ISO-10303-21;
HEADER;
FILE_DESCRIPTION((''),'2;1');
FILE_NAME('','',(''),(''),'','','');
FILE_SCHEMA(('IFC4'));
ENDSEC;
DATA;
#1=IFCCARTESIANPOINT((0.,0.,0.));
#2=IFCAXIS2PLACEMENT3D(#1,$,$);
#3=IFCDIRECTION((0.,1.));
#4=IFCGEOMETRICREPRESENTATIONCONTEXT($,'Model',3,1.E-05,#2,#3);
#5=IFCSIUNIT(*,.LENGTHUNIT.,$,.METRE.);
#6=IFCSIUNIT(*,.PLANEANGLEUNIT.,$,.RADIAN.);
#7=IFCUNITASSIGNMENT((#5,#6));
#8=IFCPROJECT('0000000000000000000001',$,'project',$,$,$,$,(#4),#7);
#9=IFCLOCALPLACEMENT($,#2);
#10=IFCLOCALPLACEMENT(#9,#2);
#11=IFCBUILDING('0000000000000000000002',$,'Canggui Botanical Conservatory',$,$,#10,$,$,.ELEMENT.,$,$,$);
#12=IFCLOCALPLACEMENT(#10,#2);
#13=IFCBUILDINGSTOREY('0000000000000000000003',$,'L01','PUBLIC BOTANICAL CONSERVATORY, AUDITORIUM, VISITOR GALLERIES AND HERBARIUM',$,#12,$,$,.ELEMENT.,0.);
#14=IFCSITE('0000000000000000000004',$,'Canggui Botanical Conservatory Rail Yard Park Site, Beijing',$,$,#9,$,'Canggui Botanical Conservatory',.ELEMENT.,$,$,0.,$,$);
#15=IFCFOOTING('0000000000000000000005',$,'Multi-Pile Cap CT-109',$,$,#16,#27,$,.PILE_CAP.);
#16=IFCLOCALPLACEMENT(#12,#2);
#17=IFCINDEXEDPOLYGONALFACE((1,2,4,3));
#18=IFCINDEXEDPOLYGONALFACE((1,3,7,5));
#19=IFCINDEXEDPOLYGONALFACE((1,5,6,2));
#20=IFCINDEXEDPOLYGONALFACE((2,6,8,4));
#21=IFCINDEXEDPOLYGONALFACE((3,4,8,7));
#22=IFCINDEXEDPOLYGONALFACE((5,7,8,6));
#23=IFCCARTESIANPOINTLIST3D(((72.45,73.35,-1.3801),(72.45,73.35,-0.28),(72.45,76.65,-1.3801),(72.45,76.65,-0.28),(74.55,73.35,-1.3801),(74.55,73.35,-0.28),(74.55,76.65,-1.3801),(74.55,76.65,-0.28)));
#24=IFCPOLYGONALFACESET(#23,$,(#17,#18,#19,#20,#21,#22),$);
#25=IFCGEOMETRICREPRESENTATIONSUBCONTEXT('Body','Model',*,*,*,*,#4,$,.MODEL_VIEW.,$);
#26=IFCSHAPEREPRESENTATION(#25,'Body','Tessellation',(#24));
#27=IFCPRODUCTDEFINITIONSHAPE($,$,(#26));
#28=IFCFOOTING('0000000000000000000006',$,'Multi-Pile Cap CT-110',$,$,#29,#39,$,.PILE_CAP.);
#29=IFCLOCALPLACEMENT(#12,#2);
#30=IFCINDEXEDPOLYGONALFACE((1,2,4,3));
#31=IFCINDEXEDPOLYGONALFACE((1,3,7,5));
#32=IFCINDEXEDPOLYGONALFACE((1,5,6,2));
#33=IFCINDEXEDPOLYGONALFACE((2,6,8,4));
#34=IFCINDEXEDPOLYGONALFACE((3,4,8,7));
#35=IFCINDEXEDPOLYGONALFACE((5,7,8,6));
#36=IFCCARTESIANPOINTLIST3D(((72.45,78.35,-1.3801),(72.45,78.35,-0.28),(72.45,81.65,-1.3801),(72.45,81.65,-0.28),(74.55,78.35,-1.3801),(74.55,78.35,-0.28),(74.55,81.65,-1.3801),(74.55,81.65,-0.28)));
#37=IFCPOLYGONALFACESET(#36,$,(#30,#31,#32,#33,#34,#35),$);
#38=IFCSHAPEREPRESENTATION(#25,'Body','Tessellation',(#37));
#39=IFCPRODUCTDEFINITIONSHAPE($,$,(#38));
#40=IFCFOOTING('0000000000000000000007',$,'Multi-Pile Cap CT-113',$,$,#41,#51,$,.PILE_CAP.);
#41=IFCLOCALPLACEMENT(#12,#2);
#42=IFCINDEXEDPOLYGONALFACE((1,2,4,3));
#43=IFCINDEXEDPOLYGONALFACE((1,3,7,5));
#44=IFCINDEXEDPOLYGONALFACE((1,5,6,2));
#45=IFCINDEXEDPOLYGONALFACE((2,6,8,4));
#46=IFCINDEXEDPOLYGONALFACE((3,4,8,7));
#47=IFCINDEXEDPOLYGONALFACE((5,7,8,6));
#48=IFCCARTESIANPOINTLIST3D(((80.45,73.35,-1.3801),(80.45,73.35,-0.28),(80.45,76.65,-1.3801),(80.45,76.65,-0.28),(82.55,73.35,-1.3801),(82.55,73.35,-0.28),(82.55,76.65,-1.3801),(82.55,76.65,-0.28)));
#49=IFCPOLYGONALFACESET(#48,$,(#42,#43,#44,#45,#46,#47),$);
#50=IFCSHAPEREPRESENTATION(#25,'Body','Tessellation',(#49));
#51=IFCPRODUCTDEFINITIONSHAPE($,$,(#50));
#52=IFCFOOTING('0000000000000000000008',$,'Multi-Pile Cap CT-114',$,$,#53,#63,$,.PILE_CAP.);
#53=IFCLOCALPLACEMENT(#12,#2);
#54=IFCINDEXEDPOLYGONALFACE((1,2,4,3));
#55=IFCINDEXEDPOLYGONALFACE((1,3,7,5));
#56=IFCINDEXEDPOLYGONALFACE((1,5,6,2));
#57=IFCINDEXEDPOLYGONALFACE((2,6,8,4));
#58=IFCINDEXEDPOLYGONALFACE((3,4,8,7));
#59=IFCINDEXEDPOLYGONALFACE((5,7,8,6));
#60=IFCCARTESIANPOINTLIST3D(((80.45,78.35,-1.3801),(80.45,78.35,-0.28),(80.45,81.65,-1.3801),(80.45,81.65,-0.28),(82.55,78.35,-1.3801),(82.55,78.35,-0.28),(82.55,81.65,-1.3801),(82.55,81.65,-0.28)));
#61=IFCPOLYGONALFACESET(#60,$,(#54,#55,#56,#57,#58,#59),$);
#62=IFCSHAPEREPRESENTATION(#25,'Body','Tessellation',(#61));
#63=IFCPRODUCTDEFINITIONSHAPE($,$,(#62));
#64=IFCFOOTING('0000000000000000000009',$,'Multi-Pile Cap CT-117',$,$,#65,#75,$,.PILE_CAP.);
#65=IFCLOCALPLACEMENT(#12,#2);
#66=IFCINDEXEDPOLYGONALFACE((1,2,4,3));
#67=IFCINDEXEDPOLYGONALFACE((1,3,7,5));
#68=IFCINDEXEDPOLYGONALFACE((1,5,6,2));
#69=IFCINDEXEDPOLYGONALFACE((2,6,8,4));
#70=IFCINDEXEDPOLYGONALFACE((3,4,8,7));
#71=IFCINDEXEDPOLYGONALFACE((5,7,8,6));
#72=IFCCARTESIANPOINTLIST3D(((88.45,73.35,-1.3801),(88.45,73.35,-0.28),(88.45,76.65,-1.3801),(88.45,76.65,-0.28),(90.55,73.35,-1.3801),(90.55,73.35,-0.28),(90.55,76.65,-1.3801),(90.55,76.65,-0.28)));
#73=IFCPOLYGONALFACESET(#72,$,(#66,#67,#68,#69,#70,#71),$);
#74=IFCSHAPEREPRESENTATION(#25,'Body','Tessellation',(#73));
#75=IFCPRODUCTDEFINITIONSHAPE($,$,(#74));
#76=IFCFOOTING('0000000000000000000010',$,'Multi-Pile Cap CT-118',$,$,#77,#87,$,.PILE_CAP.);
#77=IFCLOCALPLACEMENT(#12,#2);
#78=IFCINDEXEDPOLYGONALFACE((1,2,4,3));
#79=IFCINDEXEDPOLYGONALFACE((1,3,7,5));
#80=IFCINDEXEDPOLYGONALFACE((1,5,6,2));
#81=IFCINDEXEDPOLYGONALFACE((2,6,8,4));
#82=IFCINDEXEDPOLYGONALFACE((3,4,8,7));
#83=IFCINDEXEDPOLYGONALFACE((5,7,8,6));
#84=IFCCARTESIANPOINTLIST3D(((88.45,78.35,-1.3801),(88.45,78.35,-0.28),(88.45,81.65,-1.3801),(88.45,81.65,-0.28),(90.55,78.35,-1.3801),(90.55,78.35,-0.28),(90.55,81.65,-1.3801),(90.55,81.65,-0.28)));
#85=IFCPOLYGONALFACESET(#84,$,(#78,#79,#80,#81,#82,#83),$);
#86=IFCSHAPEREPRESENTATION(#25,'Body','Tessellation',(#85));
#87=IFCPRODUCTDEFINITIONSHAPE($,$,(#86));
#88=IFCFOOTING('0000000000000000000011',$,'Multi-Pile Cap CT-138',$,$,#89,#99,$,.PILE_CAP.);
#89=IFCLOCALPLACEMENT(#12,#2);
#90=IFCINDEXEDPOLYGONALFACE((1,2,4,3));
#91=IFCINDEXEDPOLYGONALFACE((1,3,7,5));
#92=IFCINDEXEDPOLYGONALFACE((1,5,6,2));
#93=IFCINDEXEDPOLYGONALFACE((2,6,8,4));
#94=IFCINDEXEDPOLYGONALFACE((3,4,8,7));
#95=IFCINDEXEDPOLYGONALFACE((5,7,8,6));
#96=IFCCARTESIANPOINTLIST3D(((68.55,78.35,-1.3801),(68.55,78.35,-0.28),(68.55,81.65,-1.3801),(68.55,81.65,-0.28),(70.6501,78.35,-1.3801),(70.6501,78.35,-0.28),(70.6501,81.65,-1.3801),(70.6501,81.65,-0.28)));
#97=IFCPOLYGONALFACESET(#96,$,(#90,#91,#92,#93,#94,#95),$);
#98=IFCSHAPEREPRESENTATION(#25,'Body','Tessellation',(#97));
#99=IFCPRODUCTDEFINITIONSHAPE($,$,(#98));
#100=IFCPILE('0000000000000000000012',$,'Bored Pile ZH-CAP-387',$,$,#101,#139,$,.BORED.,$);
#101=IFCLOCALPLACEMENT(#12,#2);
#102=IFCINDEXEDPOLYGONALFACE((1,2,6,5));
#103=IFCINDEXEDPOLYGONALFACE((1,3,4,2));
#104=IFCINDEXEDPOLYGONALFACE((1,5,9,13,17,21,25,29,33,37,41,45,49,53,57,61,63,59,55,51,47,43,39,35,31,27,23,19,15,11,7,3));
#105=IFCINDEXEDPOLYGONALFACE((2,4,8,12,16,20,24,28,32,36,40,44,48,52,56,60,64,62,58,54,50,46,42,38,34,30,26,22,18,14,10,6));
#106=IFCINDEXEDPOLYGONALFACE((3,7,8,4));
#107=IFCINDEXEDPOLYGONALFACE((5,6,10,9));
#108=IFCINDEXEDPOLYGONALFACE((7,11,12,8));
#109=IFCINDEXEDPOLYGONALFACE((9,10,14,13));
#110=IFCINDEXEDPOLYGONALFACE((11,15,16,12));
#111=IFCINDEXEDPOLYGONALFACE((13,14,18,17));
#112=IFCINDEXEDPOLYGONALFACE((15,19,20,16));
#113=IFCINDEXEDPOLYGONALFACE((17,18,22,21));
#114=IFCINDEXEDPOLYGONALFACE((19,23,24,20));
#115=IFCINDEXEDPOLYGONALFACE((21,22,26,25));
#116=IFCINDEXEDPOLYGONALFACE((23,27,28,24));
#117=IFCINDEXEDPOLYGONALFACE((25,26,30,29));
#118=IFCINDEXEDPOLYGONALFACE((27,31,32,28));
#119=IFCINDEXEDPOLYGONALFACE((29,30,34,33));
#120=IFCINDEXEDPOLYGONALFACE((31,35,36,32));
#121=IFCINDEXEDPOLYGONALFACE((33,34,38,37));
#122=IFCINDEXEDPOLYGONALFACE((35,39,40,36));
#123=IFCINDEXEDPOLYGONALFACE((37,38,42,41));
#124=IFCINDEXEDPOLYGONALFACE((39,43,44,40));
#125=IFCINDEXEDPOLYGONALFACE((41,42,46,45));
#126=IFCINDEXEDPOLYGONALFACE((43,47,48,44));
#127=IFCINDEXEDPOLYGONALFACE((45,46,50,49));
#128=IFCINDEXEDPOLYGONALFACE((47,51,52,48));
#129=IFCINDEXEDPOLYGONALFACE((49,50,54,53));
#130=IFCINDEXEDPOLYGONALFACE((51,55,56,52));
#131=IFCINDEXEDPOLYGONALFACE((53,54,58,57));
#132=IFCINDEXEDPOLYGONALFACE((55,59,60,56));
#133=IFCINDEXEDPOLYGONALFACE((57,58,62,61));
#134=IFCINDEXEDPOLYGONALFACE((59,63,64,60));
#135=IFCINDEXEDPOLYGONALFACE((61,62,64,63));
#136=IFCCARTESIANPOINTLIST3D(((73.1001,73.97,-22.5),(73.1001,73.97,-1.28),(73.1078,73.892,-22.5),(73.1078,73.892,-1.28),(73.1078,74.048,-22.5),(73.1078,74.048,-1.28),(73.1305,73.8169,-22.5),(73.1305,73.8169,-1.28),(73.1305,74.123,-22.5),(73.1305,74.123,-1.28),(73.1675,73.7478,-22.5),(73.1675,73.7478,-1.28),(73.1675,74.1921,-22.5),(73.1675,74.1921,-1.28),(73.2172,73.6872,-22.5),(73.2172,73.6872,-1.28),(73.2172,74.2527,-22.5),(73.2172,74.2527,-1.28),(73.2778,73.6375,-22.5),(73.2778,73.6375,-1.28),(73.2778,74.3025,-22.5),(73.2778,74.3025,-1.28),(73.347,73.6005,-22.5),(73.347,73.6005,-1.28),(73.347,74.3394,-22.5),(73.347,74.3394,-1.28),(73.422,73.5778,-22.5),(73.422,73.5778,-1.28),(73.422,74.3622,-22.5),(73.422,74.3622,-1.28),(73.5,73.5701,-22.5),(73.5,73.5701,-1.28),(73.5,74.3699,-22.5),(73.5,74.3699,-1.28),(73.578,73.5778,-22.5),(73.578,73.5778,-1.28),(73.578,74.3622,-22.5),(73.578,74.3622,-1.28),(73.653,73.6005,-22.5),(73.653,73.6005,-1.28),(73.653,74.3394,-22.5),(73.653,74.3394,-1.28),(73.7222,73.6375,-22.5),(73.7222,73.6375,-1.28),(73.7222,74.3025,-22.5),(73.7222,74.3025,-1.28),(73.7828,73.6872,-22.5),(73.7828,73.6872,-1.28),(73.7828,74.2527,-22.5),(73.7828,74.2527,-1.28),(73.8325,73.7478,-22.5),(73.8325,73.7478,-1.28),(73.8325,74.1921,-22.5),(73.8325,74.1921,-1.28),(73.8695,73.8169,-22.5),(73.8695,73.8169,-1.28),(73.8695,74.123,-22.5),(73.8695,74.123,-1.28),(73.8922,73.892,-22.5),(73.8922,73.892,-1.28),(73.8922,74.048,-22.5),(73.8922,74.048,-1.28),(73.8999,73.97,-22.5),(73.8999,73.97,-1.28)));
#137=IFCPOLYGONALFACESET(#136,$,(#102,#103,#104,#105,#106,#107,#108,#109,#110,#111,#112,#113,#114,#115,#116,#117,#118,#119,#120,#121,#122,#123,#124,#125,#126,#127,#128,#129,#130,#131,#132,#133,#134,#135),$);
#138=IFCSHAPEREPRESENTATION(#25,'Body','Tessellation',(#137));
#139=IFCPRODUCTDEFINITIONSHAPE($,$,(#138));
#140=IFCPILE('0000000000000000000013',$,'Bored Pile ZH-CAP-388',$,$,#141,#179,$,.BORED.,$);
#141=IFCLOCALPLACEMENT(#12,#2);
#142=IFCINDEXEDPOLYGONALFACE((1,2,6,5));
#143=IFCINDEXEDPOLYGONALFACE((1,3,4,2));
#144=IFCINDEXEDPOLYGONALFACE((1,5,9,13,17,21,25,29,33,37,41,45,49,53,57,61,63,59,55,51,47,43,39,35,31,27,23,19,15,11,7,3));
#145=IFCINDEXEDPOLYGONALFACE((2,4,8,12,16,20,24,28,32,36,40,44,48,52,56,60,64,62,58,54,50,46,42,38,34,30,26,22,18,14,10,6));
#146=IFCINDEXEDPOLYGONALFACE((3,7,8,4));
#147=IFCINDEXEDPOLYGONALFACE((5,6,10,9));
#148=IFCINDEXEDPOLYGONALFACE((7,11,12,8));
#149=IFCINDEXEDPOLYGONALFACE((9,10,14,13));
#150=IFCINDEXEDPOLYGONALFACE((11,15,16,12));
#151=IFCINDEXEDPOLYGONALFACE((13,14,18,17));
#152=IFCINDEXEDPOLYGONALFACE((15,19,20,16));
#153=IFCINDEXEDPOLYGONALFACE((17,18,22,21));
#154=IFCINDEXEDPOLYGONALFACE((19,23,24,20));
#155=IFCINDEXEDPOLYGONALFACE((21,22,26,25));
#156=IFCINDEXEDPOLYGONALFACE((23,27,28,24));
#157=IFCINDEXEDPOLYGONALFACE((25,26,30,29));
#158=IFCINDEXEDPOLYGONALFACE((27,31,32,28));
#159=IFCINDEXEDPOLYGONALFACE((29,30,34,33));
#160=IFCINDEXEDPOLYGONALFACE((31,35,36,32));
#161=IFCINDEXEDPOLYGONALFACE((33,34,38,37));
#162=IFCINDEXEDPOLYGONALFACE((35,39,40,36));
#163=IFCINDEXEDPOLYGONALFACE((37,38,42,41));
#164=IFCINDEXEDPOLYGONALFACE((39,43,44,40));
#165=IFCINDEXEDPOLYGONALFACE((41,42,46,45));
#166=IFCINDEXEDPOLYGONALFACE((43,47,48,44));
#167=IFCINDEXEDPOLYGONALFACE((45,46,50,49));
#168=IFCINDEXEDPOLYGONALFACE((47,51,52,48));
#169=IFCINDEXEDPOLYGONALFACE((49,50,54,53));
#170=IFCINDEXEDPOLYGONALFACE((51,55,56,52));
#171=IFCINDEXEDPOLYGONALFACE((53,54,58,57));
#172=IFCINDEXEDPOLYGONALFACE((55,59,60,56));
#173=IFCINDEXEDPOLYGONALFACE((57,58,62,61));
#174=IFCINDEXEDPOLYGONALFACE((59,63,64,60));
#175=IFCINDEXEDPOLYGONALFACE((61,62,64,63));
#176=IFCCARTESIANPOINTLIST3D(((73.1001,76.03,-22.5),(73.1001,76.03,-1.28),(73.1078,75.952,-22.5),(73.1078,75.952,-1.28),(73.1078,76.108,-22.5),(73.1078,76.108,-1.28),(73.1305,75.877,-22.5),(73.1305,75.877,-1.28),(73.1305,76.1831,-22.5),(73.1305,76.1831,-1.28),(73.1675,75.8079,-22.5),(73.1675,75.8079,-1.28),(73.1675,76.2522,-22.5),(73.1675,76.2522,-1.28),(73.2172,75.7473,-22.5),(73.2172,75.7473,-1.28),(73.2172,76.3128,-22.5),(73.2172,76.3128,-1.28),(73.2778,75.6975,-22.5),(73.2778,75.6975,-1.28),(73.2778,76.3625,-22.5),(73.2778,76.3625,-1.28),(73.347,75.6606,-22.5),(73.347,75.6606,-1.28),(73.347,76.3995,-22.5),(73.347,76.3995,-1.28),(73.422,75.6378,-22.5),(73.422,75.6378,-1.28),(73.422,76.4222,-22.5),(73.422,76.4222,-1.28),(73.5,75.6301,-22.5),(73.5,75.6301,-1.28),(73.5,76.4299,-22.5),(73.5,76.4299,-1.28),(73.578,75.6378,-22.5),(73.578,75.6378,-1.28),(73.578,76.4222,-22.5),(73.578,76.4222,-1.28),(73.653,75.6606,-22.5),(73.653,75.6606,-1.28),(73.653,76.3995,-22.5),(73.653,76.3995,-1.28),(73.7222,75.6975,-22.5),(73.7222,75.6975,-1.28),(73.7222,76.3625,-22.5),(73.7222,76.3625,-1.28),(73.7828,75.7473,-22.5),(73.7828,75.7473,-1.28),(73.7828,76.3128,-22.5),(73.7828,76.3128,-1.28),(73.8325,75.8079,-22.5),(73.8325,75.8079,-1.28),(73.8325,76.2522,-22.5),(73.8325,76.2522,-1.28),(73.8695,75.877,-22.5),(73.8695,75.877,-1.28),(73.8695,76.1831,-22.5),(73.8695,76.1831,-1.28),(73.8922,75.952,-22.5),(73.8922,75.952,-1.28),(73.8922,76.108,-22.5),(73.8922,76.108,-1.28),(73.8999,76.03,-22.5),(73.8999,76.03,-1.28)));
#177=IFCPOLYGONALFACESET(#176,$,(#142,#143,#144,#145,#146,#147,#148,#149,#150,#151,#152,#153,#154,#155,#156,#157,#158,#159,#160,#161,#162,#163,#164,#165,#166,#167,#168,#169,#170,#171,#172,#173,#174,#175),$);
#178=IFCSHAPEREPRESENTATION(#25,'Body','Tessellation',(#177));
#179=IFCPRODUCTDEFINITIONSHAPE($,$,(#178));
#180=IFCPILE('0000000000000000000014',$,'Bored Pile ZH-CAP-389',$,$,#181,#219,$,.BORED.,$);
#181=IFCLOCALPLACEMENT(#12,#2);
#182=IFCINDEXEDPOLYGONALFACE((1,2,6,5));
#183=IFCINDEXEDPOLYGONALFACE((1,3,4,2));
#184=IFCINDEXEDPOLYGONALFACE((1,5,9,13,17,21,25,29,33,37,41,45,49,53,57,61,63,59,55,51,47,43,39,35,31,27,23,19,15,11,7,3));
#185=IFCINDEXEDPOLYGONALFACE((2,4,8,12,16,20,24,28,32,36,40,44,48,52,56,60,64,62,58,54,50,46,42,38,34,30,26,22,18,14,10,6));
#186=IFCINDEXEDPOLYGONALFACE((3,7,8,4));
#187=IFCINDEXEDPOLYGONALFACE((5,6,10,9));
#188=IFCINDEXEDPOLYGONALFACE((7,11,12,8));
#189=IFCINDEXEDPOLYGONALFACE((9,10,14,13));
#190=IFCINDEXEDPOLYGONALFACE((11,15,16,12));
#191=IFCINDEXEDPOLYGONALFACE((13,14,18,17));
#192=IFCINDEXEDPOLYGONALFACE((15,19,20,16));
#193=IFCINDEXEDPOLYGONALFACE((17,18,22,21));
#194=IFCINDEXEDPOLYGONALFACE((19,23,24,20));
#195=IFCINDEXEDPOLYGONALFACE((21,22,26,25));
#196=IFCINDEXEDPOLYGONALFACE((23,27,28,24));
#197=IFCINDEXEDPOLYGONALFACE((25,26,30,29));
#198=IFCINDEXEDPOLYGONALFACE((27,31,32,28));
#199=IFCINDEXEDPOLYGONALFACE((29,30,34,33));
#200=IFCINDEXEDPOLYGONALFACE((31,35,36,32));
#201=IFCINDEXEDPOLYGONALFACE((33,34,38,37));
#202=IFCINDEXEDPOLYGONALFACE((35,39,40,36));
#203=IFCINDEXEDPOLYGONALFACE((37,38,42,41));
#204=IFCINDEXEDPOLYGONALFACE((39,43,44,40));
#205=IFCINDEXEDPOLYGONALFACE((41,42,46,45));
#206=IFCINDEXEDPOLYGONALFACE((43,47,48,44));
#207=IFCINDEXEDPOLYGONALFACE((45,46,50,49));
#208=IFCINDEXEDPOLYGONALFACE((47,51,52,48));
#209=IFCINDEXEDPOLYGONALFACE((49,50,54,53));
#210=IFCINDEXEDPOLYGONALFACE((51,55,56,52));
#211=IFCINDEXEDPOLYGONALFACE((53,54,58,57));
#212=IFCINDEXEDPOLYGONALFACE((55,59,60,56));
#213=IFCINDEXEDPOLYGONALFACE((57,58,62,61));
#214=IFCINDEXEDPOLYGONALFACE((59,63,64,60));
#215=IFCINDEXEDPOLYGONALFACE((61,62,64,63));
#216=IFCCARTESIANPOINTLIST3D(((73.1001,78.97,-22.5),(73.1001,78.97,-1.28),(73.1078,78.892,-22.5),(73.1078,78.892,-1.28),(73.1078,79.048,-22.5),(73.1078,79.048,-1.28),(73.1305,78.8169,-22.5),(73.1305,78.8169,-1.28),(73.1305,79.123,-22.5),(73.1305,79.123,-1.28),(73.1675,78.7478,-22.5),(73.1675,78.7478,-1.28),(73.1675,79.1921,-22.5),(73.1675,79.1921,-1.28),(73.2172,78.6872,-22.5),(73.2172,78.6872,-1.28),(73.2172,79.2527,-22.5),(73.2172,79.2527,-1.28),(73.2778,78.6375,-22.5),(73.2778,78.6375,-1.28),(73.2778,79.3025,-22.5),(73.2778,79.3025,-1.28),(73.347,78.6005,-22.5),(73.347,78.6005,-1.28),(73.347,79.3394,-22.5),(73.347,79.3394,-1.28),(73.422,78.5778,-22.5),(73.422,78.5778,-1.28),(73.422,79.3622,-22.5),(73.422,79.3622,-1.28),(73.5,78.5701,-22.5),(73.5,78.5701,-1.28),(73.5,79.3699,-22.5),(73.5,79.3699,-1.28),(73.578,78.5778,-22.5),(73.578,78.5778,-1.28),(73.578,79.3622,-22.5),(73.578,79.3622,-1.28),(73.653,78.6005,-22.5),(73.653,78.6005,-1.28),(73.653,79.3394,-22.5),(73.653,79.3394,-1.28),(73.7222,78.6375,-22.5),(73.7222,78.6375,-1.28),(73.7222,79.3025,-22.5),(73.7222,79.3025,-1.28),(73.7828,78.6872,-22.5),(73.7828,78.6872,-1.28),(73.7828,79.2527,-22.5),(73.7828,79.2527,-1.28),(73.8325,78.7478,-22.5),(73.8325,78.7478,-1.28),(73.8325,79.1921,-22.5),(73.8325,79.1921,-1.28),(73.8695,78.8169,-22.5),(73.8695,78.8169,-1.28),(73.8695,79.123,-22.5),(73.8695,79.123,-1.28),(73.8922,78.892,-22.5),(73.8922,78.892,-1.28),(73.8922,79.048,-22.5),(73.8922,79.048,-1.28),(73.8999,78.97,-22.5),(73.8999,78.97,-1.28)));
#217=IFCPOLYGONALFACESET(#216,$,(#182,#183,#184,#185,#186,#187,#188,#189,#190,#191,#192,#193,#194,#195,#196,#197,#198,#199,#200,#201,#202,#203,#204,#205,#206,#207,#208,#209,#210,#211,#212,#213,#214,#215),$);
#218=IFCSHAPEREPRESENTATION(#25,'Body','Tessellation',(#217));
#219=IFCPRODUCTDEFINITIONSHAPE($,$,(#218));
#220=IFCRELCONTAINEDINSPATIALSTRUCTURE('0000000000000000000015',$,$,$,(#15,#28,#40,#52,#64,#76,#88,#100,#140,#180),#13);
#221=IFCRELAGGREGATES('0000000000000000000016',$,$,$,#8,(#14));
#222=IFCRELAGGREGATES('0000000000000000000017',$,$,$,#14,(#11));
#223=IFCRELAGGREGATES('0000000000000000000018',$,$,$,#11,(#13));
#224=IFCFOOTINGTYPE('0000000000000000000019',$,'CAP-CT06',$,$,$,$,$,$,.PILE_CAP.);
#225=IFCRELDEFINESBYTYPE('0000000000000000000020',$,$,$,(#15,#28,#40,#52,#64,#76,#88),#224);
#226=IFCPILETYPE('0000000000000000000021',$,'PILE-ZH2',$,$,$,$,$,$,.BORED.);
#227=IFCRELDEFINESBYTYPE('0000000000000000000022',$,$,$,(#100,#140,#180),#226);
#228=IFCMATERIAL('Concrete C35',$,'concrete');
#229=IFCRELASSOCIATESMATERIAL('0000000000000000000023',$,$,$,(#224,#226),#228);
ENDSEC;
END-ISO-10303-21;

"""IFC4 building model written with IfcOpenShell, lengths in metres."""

from ifc_helpers import new_model, si_unit, direction, frame, origin, origin_2d, place, context, subcontext, project, spatial, rectangle, circle, extrude, material, material_profile, profile_set, type_object, element, save


model = new_model("IFC4")

# Units and contexts
model_context = context("Model", 3, precision=1e-05, world=origin(), true_north=direction((0.0, 1.0)))
body_context = subcontext(model_context, "Body", "Model", "MODEL_VIEW")
ifc_project = project(units=[si_unit("LENGTHUNIT", "METRE"), si_unit("PLANEANGLEUNIT", "RADIAN")], contexts=[model_context])

# Site, building, storey
site_placement = place(None, origin())
site = spatial("IfcSite", under=ifc_project, at=site_placement, Name="Canggui Botanical Conservatory Rail Yard Park Site, Beijing", LongName="Canggui Botanical Conservatory", CompositionType="ELEMENT", RefElevation=0.0)
building_placement = place(site_placement, origin())
building = spatial("IfcBuilding", under=site, at=building_placement, Name="Canggui Botanical Conservatory", CompositionType="ELEMENT")
storey_placement = place(building_placement, origin())
storey = spatial("IfcBuildingStorey", under=building, at=storey_placement, Name="L01", Description="PUBLIC BOTANICAL CONSERVATORY, AUDITORIUM, VISITOR GALLERIES AND HERBARIUM", CompositionType="ELEMENT", Elevation=0.0)

# Footings
ifc_material_1 = material(Name="Concrete C35", Category="concrete")
footing_type_1 = type_object("IfcFootingType", Name="CAP-CT06", PredefinedType="PILE_CAP", material=ifc_material_1)
for number, where, z_axis, x_axis, name in (
    (1, (73.5, 75.0, -1.3801), (0.0, 0.0, 1.0), (0.0, 1.0, 0.0), "Multi-Pile Cap CT-109"),
    (2, (73.5, 80.0, -1.3801), (0.0, 0.0, 1.0), (0.0, 1.0, 0.0), "Multi-Pile Cap CT-110"),
    (3, (81.5, 75.0, -1.3801), (0.0, 0.0, 1.0), (0.0, 1.0, 0.0), "Multi-Pile Cap CT-113"),
    (4, (81.5, 80.0, -1.3801), (0.0, 0.0, 1.0), (0.0, 1.0, 0.0), "Multi-Pile Cap CT-114"),
    (5, (89.5, 75.0, -1.3801), (0.0, 0.0, 1.0), (0.0, 1.0, 0.0), "Multi-Pile Cap CT-117"),
    (6, (89.5, 80.0, -1.3801), (0.0, 0.0, 1.0), (0.0, 1.0, 0.0), "Multi-Pile Cap CT-118"),
    (7, (69.6001, 80.0, -1.3801), (0.0, 0.0, 1.0), (0.0, 1.0, 0.0), "Multi-Pile Cap CT-138"),
):
    element("IfcFooting", number, at=place(storey_placement, frame(where, z_axis=z_axis, x_axis=x_axis)), inside=storey, type_object=footing_type_1, Name=name, PredefinedType="PILE_CAP", context=body_context, shape_type="SweptSolid", body=[
        extrude(rectangle(XDim=3.3, YDim=2.1001, at=origin_2d()), origin(), (0.0, 0.0, 1.0), 1.1001),
    ])

# Piles
ifc_material_profile_1 = material_profile(ifc_material_1, circle(Radius=0.3999, at=origin_2d()), Name="PILE D800")
ifc_profile_set_1 = profile_set([ifc_material_profile_1], Name="Concrete C35")
pile_type = type_object("IfcPileType", Name="PILE-ZH2", PredefinedType="BORED", material=ifc_profile_set_1)
for number, where, z_axis, x_axis, name in (
    (8, (73.5, 73.97, -1.28), (0.0, 0.0, -1.0), (1.0, 0.0, 0.0), "Bored Pile ZH-CAP-387"),
    (9, (73.5, 76.03, -1.28), (0.0, 0.0, -1.0), (1.0, 0.0, 0.0), "Bored Pile ZH-CAP-388"),
    (10, (73.5, 78.97, -1.28), (0.0, 0.0, -1.0), (1.0, 0.0, 0.0), "Bored Pile ZH-CAP-389"),
):
    element("IfcPile", number, at=place(storey_placement, frame(where, z_axis=z_axis, x_axis=x_axis)), inside=storey, type_object=pile_type, Name=name, PredefinedType="BORED", context=body_context, shape_type="SweptSolid", body=[
        extrude(circle(Radius=0.3999, at=origin_2d()), origin(), (0.0, 0.0, 1.0), 21.22),
    ])

save(model, "model.ifc")
